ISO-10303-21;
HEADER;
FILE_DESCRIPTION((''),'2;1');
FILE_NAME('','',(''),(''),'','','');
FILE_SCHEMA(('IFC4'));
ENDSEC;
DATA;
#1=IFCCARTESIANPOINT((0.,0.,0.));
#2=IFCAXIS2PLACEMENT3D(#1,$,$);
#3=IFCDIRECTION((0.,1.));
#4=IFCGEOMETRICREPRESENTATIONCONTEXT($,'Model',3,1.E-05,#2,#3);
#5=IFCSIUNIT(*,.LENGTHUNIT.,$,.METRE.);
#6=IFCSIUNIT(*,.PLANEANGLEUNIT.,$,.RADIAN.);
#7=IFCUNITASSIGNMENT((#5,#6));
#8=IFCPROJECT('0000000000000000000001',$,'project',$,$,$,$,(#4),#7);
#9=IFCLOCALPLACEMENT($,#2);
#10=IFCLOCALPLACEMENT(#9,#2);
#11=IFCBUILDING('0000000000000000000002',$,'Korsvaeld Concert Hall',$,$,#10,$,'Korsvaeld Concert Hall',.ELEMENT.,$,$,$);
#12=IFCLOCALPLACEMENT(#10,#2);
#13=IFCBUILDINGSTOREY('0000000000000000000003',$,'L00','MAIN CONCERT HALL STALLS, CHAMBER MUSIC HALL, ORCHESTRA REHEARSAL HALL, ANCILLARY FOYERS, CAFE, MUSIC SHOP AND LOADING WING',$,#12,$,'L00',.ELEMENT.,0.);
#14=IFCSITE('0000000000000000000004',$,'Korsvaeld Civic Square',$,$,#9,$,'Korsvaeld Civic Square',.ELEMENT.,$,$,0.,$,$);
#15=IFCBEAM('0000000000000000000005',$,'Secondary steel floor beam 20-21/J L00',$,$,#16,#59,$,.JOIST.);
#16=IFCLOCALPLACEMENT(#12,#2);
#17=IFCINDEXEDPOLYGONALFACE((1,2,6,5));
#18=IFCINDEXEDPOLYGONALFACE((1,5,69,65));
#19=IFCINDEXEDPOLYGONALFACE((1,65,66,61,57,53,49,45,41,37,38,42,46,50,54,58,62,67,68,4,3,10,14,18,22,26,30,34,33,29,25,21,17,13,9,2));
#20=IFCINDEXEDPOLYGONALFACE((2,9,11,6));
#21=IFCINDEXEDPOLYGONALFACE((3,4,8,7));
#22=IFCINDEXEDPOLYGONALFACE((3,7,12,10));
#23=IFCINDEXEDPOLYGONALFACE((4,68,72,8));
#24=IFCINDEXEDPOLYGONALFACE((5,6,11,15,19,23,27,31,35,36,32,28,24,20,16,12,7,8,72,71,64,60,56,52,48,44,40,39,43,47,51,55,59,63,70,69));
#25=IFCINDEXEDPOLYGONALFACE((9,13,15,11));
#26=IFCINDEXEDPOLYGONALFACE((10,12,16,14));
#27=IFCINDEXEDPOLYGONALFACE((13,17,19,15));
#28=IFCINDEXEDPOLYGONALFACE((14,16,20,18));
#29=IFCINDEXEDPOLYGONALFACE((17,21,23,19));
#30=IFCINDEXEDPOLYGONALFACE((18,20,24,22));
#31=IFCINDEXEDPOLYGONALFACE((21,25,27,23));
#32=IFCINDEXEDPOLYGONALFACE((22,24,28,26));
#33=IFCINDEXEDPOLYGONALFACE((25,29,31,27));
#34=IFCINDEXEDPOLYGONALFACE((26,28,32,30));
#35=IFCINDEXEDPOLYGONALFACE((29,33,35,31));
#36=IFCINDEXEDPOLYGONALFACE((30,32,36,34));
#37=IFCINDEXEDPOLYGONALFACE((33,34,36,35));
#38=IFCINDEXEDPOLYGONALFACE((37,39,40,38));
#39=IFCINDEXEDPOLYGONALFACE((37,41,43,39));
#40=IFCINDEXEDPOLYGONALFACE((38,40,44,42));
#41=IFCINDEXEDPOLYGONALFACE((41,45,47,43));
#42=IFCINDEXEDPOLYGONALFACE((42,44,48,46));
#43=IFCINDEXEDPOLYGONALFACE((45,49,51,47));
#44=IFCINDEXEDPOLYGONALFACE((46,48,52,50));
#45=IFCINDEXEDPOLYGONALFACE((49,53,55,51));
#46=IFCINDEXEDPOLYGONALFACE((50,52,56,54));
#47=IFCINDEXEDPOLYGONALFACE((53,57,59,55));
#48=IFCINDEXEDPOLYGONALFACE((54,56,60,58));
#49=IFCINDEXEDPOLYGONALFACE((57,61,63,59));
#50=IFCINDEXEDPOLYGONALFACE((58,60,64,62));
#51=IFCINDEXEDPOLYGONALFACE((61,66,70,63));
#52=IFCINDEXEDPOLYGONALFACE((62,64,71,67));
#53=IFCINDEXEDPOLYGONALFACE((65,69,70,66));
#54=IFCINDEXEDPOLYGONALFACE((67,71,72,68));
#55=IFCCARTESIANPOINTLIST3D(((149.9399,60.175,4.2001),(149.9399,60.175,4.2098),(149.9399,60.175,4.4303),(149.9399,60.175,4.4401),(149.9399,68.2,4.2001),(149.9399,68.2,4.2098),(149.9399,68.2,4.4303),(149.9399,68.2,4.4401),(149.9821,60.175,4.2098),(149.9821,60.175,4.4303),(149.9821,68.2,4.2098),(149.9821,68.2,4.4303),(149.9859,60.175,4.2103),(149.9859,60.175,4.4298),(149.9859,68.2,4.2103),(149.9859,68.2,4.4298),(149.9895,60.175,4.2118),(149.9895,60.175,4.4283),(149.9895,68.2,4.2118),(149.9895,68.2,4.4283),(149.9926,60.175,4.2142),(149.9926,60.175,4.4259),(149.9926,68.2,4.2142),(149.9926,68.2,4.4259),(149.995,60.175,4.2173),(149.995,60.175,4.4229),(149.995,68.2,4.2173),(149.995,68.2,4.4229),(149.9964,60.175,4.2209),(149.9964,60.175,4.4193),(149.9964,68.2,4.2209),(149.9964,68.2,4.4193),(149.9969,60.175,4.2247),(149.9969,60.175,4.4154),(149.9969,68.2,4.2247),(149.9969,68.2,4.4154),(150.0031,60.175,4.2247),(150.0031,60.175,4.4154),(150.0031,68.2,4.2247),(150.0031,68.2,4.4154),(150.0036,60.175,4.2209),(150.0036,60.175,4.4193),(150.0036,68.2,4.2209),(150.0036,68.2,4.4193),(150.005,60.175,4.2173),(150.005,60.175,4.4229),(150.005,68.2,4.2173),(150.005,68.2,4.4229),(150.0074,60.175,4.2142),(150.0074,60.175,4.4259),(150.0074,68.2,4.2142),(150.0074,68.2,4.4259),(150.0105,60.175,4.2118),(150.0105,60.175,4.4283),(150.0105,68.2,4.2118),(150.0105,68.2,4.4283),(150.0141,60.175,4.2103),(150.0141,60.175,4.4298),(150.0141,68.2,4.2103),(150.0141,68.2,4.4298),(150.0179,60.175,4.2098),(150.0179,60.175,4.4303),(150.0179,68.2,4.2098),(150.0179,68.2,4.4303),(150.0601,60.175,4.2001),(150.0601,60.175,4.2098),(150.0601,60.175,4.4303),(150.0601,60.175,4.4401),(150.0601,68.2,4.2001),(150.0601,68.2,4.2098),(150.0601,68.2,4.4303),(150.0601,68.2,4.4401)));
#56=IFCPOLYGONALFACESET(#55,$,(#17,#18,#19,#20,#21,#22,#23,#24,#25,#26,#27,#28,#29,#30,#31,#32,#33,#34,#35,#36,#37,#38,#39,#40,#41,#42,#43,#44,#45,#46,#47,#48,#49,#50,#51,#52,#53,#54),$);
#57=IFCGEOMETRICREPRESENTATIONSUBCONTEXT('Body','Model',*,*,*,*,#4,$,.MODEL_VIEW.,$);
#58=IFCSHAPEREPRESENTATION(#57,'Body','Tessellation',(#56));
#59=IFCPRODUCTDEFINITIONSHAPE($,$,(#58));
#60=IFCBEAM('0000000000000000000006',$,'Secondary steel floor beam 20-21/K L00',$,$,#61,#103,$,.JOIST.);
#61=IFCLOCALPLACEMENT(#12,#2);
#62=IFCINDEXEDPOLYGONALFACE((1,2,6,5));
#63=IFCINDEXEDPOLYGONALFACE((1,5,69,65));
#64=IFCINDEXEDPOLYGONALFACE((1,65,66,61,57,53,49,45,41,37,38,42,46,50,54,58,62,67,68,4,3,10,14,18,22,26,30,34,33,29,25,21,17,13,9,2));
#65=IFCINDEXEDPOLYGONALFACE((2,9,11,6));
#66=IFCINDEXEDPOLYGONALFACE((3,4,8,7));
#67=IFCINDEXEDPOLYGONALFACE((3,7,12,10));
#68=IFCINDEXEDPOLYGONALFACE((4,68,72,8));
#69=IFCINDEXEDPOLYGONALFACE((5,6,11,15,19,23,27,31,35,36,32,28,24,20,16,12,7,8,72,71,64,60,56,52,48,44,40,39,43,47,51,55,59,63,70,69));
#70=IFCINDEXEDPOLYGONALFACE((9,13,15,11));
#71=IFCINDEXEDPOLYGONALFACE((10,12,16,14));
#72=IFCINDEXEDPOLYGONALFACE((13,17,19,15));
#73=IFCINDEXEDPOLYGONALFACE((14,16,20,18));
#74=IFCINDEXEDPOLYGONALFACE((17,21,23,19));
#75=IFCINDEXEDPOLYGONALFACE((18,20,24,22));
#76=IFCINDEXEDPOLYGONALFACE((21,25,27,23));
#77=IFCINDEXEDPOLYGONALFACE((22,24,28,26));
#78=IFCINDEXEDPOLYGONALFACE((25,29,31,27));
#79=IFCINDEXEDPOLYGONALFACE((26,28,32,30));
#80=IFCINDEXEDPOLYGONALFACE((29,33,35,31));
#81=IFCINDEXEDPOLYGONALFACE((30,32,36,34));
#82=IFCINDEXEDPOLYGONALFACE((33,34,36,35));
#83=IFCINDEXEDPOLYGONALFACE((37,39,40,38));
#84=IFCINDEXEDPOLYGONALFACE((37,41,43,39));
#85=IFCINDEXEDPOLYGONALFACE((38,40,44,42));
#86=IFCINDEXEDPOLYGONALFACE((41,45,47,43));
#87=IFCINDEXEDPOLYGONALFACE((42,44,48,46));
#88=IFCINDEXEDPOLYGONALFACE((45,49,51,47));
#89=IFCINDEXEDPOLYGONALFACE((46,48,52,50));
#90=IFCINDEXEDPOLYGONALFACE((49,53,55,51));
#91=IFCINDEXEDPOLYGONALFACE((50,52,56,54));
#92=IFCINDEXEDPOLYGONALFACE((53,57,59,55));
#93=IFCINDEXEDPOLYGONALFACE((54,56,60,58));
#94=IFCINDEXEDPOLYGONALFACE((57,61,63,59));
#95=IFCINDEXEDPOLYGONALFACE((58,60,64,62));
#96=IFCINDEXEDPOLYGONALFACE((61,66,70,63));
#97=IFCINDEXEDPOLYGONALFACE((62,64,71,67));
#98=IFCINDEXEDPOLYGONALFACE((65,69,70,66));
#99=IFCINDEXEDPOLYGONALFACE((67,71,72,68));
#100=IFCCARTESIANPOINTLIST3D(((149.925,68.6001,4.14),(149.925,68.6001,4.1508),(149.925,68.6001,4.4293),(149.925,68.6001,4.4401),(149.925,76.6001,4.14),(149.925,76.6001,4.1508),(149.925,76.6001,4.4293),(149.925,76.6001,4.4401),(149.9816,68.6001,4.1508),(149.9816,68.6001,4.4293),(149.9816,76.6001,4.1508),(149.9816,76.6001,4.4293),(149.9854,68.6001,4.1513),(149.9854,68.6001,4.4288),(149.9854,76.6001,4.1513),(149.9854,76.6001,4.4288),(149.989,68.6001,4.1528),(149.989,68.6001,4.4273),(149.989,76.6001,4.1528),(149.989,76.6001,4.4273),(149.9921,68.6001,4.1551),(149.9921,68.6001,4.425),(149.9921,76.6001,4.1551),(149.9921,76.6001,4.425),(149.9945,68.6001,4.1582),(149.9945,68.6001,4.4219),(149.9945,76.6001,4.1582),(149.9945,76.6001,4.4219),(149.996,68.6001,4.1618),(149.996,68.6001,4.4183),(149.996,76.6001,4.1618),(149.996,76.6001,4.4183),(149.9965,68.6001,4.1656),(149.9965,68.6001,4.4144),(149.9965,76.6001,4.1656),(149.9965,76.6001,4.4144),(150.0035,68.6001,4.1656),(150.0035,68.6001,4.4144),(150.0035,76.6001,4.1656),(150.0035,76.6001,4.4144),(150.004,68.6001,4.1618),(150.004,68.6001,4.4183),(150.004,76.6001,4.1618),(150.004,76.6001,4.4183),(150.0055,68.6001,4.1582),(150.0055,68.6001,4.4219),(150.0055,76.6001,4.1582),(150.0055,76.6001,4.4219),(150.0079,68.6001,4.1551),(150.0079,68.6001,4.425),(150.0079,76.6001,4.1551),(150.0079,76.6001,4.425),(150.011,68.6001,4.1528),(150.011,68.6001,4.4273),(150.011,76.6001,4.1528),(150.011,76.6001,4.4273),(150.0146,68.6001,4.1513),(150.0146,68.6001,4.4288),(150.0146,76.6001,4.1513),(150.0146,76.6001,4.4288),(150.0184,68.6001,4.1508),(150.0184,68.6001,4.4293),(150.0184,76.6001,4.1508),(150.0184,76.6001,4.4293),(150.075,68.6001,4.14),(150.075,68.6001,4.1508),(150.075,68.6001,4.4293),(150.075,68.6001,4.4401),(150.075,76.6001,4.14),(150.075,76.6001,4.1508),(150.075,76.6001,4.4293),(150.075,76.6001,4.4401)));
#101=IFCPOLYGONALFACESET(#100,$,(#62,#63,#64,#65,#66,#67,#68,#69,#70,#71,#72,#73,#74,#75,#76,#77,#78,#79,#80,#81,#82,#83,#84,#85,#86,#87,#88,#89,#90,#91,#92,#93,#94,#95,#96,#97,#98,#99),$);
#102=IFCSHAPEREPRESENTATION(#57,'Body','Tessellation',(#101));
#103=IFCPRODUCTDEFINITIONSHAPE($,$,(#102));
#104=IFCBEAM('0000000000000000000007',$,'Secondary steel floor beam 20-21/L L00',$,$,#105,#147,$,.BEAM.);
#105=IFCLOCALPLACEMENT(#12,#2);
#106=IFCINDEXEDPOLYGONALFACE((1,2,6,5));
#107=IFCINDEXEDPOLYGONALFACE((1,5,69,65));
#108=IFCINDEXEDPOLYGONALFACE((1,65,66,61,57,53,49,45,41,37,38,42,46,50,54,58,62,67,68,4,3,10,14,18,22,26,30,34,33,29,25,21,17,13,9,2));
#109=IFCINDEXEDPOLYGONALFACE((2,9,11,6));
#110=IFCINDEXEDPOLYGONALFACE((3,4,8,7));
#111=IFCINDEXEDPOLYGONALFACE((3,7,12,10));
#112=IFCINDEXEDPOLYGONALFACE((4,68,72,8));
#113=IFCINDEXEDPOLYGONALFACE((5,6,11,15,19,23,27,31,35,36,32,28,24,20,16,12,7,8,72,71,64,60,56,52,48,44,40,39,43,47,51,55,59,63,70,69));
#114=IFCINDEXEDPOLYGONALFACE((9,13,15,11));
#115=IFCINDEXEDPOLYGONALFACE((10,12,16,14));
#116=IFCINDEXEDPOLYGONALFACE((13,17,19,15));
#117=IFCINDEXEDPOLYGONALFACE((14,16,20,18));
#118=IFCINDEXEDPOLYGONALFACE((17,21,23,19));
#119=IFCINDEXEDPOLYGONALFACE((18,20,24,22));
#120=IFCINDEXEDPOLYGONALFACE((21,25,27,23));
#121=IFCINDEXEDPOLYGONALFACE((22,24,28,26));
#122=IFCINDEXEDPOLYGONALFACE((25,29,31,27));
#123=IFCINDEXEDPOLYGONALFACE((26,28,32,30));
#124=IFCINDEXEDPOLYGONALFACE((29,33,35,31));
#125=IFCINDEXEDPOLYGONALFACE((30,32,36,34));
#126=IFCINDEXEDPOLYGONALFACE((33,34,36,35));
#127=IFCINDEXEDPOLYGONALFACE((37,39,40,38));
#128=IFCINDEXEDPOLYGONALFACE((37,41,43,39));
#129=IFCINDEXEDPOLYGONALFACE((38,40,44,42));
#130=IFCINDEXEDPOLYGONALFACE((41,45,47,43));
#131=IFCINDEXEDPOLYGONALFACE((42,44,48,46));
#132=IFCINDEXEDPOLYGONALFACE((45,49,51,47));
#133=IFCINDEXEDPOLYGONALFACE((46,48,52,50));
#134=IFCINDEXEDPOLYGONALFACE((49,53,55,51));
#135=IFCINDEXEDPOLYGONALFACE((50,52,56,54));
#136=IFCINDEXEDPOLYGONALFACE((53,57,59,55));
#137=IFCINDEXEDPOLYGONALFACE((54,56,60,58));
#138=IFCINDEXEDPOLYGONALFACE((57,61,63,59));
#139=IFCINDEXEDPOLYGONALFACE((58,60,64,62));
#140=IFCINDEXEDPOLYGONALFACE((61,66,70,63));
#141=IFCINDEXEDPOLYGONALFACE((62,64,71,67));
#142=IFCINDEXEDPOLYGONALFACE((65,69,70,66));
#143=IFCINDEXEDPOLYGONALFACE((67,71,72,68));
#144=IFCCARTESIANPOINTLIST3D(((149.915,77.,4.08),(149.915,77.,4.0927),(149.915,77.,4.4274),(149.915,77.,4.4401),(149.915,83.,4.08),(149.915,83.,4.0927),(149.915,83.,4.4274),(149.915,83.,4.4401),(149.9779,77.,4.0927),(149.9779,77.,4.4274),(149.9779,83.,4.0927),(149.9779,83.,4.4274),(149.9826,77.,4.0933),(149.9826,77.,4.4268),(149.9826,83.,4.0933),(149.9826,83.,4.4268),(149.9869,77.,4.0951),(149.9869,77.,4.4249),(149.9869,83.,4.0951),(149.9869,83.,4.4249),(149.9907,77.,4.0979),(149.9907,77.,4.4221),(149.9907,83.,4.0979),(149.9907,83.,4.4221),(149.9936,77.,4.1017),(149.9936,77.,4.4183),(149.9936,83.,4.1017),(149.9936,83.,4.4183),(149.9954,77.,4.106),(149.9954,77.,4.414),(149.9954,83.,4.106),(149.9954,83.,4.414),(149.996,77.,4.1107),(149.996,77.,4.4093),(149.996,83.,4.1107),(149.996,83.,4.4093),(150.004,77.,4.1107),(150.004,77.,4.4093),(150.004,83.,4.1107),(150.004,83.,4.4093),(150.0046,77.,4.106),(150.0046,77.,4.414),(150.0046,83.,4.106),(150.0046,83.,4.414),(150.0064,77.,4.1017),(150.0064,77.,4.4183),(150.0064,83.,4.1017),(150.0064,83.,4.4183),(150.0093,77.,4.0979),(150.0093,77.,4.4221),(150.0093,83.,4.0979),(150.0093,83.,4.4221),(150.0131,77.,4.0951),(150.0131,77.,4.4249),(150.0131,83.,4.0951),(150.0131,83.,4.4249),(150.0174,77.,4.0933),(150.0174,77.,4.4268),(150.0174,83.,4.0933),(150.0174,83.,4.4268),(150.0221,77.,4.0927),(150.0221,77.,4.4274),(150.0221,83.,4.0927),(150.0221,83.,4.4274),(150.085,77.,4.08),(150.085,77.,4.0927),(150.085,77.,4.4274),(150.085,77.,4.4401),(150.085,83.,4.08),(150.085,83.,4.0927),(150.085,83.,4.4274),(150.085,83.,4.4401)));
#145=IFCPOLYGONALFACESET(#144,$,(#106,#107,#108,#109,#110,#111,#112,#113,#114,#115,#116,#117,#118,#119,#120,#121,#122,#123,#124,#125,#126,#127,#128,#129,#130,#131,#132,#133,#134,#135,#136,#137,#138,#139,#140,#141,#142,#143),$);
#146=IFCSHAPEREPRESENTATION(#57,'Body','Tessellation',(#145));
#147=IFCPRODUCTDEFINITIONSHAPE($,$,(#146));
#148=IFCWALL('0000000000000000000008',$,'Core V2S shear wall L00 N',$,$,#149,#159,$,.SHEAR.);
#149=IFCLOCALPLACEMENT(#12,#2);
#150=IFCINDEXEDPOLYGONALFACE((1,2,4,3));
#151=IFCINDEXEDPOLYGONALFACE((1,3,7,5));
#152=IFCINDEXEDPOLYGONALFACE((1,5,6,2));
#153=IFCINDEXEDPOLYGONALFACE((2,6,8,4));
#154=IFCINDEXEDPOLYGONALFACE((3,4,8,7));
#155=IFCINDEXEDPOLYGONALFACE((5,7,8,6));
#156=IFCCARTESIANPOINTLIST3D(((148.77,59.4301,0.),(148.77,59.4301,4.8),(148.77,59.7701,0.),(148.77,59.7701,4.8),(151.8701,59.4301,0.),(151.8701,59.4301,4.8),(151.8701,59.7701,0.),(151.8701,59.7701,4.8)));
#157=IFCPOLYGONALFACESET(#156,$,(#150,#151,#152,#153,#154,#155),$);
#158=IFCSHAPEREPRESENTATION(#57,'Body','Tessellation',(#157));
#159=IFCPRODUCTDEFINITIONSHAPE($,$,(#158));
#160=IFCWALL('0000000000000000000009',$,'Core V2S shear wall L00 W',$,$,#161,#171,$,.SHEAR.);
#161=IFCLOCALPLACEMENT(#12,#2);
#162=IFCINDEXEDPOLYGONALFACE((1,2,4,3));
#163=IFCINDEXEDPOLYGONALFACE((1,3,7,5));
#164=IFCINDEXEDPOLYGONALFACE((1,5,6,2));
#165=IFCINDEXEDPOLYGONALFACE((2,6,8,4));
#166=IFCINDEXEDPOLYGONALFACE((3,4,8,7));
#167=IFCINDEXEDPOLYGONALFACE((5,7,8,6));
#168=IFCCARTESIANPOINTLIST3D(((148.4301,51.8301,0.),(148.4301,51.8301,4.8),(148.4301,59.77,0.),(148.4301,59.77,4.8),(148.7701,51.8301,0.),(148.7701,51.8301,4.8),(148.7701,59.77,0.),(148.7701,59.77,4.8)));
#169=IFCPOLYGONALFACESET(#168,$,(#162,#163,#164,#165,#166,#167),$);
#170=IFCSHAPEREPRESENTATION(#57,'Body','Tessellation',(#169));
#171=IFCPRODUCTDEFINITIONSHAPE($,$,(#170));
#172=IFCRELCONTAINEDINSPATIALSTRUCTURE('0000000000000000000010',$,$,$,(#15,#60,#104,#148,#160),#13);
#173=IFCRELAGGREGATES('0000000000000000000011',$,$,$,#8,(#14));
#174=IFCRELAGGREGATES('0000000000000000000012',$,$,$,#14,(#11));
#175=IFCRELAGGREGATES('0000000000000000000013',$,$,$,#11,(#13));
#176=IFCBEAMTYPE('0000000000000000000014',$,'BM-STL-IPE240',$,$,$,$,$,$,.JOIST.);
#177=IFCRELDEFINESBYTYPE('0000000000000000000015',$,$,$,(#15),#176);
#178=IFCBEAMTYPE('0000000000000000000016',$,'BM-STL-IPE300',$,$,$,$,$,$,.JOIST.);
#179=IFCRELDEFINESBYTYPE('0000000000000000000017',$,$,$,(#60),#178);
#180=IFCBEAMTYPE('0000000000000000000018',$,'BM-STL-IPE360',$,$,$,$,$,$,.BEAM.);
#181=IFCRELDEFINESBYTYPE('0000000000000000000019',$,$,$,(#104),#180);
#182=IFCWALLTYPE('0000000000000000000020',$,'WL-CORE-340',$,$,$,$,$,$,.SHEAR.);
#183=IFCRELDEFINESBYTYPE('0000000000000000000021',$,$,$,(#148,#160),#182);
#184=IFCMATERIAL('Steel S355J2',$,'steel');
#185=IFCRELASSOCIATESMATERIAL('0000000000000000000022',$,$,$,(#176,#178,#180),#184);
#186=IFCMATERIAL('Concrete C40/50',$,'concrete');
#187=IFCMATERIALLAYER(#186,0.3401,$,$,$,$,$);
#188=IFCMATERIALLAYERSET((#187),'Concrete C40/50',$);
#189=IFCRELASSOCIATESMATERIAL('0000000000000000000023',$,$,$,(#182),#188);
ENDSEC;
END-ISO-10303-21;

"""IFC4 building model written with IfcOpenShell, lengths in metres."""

from ifc_helpers import new_model, si_unit, direction, frame, frame_2d, origin, origin_2d, place, context, subcontext, project, spatial, rectangle, i_section, extrude, material, layer, layer_set, material_profile, profile_set, type_object, element, save


model = new_model("IFC4")

# Units and contexts
model_context = context("Model", 3, precision=1e-05, world=origin(), true_north=direction((0.0, 1.0)))
body_context = subcontext(model_context, "Body", "Model", "MODEL_VIEW")
ifc_project = project(units=[si_unit("LENGTHUNIT", "METRE"), si_unit("PLANEANGLEUNIT", "RADIAN")], contexts=[model_context])

# Site, building, storey
site_placement = place(None, origin())
site = spatial("IfcSite", under=ifc_project, at=site_placement, Name="Korsvaeld Civic Square", LongName="Korsvaeld Civic Square", CompositionType="ELEMENT", RefElevation=0.0)
building_placement = place(site_placement, origin())
building = spatial("IfcBuilding", under=site, at=building_placement, Name="Korsvaeld Concert Hall", LongName="Korsvaeld Concert Hall", CompositionType="ELEMENT")
storey_placement = place(building_placement, origin())
storey = spatial("IfcBuildingStorey", under=building, at=storey_placement, Name="L00", Description="MAIN CONCERT HALL STALLS, CHAMBER MUSIC HALL, ORCHESTRA REHEARSAL HALL, ANCILLARY FOYERS, CAFE, MUSIC SHOP AND LOADING WING", LongName="L00", CompositionType="ELEMENT", Elevation=0.0)

# Shared definitions
ifc_material_1 = material(Name="Concrete C40/50", Category="concrete")

# Beams
ifc_material_2 = material(Name="Steel S355J2", Category="steel")
ifc_material_profile_1 = material_profile(ifc_material_2, i_section(OverallWidth=0.1201, OverallDepth=0.24, WebThickness=0.0061, FlangeThickness=0.0098, FilletRadius=0.0149, at=origin_2d()), Name="IPE 240")
ifc_profile_set_1 = profile_set([ifc_material_profile_1], Name="Steel S355J2")
beam_type_1 = type_object("IfcBeamType", Name="BM-STL-IPE240", PredefinedType="JOIST", material=ifc_profile_set_1)
beam_1_placement = place(storey_placement, frame((150.0, 60.175, 4.3201), z_axis=(0.0, 1.0, 0.0), x_axis=(-1.0, 0.0, 0.0)))
element("IfcBeam", 1, at=beam_1_placement, inside=storey, type_object=beam_type_1, Name="Secondary steel floor beam 20-21/J L00", PredefinedType="JOIST", context=body_context, shape_type="SweptSolid", body=[
    extrude(i_section(OverallWidth=0.1201, OverallDepth=0.24, WebThickness=0.0061, FlangeThickness=0.0098, FilletRadius=0.0149, at=origin_2d()), origin(), (0.0, 0.0, 1.0), 8.0249),
])
ifc_material_profile_2 = material_profile(ifc_material_2, i_section(OverallWidth=0.1499, OverallDepth=0.3, WebThickness=0.0071, FlangeThickness=0.0107, FilletRadius=0.0149, at=origin_2d()), Name="IPE 300")
ifc_profile_set_2 = profile_set([ifc_material_profile_2], Name="Steel S355J2")
beam_type_2 = type_object("IfcBeamType", Name="BM-STL-IPE300", PredefinedType="JOIST", material=ifc_profile_set_2)
beam_2_placement = place(storey_placement, frame((150.0, 68.6001, 4.29), z_axis=(0.0, 1.0, 0.0), x_axis=(-1.0, 0.0, 0.0)))
element("IfcBeam", 2, at=beam_2_placement, inside=storey, type_object=beam_type_2, Name="Secondary steel floor beam 20-21/K L00", PredefinedType="JOIST", context=body_context, shape_type="SweptSolid", body=[
    extrude(i_section(OverallWidth=0.1499, OverallDepth=0.3, WebThickness=0.0071, FlangeThickness=0.0107, FilletRadius=0.0149, at=origin_2d()), origin(), (0.0, 0.0, 1.0), 8.0),
])
ifc_material_profile_3 = material_profile(ifc_material_2, i_section(OverallWidth=0.1699, OverallDepth=0.3601, WebThickness=0.0081, FlangeThickness=0.0127, FilletRadius=0.0181, at=origin_2d()), Name="IPE 360")
ifc_profile_set_3 = profile_set([ifc_material_profile_3], Name="Steel S355J2")
beam_type_3 = type_object("IfcBeamType", Name="BM-STL-IPE360", PredefinedType="BEAM", material=ifc_profile_set_3)
beam_3_placement = place(storey_placement, frame((150.0, 77.0, 4.26), z_axis=(0.0, 1.0, 0.0), x_axis=(-1.0, 0.0, 0.0)))
element("IfcBeam", 3, at=beam_3_placement, inside=storey, type_object=beam_type_3, Name="Secondary steel floor beam 20-21/L L00", PredefinedType="BEAM", context=body_context, shape_type="SweptSolid", body=[
    extrude(i_section(OverallWidth=0.1699, OverallDepth=0.3601, WebThickness=0.0081, FlangeThickness=0.0127, FilletRadius=0.0181, at=origin_2d()), origin(), (0.0, 0.0, 1.0), 6.0),
])

# Walls
ifc_layer_1 = layer(ifc_material_1, 0.3401)
ifc_layer_set_1 = layer_set([ifc_layer_1], Name="Concrete C40/50")
wall_type_1 = type_object("IfcWallType", Name="WL-CORE-340", PredefinedType="SHEAR", material=ifc_layer_set_1)
wall_1_placement = place(storey_placement, frame((151.8701, 59.6001, 0.0), z_axis=(0.0, 0.0, 1.0), x_axis=(-1.0, 0.0, 0.0)))
element("IfcWall", 4, at=wall_1_placement, inside=storey, type_object=wall_type_1, Name="Core V2S shear wall L00 N", PredefinedType="SHEAR", context=body_context, shape_type="SweptSolid", body=[
    extrude(rectangle(XDim=3.1001, YDim=0.3401, at=frame_2d((1.55, 0.0))), origin(), (0.0, 0.0, 1.0), 4.8),
])
wall_2_placement = place(storey_placement, frame((148.6001, 59.77, 0.0), z_axis=(0.0, 0.0, 1.0), x_axis=(0.0, -1.0, 0.0)))
element("IfcWall", 5, at=wall_2_placement, inside=storey, type_object=wall_type_1, Name="Core V2S shear wall L00 W", PredefinedType="SHEAR", context=body_context, shape_type="SweptSolid", body=[
    extrude(rectangle(XDim=7.9399, YDim=0.3401, at=frame_2d((3.97, 0.0))), origin(), (0.0, 0.0, 1.0), 4.8),
])

save(model, "model.ifc")
